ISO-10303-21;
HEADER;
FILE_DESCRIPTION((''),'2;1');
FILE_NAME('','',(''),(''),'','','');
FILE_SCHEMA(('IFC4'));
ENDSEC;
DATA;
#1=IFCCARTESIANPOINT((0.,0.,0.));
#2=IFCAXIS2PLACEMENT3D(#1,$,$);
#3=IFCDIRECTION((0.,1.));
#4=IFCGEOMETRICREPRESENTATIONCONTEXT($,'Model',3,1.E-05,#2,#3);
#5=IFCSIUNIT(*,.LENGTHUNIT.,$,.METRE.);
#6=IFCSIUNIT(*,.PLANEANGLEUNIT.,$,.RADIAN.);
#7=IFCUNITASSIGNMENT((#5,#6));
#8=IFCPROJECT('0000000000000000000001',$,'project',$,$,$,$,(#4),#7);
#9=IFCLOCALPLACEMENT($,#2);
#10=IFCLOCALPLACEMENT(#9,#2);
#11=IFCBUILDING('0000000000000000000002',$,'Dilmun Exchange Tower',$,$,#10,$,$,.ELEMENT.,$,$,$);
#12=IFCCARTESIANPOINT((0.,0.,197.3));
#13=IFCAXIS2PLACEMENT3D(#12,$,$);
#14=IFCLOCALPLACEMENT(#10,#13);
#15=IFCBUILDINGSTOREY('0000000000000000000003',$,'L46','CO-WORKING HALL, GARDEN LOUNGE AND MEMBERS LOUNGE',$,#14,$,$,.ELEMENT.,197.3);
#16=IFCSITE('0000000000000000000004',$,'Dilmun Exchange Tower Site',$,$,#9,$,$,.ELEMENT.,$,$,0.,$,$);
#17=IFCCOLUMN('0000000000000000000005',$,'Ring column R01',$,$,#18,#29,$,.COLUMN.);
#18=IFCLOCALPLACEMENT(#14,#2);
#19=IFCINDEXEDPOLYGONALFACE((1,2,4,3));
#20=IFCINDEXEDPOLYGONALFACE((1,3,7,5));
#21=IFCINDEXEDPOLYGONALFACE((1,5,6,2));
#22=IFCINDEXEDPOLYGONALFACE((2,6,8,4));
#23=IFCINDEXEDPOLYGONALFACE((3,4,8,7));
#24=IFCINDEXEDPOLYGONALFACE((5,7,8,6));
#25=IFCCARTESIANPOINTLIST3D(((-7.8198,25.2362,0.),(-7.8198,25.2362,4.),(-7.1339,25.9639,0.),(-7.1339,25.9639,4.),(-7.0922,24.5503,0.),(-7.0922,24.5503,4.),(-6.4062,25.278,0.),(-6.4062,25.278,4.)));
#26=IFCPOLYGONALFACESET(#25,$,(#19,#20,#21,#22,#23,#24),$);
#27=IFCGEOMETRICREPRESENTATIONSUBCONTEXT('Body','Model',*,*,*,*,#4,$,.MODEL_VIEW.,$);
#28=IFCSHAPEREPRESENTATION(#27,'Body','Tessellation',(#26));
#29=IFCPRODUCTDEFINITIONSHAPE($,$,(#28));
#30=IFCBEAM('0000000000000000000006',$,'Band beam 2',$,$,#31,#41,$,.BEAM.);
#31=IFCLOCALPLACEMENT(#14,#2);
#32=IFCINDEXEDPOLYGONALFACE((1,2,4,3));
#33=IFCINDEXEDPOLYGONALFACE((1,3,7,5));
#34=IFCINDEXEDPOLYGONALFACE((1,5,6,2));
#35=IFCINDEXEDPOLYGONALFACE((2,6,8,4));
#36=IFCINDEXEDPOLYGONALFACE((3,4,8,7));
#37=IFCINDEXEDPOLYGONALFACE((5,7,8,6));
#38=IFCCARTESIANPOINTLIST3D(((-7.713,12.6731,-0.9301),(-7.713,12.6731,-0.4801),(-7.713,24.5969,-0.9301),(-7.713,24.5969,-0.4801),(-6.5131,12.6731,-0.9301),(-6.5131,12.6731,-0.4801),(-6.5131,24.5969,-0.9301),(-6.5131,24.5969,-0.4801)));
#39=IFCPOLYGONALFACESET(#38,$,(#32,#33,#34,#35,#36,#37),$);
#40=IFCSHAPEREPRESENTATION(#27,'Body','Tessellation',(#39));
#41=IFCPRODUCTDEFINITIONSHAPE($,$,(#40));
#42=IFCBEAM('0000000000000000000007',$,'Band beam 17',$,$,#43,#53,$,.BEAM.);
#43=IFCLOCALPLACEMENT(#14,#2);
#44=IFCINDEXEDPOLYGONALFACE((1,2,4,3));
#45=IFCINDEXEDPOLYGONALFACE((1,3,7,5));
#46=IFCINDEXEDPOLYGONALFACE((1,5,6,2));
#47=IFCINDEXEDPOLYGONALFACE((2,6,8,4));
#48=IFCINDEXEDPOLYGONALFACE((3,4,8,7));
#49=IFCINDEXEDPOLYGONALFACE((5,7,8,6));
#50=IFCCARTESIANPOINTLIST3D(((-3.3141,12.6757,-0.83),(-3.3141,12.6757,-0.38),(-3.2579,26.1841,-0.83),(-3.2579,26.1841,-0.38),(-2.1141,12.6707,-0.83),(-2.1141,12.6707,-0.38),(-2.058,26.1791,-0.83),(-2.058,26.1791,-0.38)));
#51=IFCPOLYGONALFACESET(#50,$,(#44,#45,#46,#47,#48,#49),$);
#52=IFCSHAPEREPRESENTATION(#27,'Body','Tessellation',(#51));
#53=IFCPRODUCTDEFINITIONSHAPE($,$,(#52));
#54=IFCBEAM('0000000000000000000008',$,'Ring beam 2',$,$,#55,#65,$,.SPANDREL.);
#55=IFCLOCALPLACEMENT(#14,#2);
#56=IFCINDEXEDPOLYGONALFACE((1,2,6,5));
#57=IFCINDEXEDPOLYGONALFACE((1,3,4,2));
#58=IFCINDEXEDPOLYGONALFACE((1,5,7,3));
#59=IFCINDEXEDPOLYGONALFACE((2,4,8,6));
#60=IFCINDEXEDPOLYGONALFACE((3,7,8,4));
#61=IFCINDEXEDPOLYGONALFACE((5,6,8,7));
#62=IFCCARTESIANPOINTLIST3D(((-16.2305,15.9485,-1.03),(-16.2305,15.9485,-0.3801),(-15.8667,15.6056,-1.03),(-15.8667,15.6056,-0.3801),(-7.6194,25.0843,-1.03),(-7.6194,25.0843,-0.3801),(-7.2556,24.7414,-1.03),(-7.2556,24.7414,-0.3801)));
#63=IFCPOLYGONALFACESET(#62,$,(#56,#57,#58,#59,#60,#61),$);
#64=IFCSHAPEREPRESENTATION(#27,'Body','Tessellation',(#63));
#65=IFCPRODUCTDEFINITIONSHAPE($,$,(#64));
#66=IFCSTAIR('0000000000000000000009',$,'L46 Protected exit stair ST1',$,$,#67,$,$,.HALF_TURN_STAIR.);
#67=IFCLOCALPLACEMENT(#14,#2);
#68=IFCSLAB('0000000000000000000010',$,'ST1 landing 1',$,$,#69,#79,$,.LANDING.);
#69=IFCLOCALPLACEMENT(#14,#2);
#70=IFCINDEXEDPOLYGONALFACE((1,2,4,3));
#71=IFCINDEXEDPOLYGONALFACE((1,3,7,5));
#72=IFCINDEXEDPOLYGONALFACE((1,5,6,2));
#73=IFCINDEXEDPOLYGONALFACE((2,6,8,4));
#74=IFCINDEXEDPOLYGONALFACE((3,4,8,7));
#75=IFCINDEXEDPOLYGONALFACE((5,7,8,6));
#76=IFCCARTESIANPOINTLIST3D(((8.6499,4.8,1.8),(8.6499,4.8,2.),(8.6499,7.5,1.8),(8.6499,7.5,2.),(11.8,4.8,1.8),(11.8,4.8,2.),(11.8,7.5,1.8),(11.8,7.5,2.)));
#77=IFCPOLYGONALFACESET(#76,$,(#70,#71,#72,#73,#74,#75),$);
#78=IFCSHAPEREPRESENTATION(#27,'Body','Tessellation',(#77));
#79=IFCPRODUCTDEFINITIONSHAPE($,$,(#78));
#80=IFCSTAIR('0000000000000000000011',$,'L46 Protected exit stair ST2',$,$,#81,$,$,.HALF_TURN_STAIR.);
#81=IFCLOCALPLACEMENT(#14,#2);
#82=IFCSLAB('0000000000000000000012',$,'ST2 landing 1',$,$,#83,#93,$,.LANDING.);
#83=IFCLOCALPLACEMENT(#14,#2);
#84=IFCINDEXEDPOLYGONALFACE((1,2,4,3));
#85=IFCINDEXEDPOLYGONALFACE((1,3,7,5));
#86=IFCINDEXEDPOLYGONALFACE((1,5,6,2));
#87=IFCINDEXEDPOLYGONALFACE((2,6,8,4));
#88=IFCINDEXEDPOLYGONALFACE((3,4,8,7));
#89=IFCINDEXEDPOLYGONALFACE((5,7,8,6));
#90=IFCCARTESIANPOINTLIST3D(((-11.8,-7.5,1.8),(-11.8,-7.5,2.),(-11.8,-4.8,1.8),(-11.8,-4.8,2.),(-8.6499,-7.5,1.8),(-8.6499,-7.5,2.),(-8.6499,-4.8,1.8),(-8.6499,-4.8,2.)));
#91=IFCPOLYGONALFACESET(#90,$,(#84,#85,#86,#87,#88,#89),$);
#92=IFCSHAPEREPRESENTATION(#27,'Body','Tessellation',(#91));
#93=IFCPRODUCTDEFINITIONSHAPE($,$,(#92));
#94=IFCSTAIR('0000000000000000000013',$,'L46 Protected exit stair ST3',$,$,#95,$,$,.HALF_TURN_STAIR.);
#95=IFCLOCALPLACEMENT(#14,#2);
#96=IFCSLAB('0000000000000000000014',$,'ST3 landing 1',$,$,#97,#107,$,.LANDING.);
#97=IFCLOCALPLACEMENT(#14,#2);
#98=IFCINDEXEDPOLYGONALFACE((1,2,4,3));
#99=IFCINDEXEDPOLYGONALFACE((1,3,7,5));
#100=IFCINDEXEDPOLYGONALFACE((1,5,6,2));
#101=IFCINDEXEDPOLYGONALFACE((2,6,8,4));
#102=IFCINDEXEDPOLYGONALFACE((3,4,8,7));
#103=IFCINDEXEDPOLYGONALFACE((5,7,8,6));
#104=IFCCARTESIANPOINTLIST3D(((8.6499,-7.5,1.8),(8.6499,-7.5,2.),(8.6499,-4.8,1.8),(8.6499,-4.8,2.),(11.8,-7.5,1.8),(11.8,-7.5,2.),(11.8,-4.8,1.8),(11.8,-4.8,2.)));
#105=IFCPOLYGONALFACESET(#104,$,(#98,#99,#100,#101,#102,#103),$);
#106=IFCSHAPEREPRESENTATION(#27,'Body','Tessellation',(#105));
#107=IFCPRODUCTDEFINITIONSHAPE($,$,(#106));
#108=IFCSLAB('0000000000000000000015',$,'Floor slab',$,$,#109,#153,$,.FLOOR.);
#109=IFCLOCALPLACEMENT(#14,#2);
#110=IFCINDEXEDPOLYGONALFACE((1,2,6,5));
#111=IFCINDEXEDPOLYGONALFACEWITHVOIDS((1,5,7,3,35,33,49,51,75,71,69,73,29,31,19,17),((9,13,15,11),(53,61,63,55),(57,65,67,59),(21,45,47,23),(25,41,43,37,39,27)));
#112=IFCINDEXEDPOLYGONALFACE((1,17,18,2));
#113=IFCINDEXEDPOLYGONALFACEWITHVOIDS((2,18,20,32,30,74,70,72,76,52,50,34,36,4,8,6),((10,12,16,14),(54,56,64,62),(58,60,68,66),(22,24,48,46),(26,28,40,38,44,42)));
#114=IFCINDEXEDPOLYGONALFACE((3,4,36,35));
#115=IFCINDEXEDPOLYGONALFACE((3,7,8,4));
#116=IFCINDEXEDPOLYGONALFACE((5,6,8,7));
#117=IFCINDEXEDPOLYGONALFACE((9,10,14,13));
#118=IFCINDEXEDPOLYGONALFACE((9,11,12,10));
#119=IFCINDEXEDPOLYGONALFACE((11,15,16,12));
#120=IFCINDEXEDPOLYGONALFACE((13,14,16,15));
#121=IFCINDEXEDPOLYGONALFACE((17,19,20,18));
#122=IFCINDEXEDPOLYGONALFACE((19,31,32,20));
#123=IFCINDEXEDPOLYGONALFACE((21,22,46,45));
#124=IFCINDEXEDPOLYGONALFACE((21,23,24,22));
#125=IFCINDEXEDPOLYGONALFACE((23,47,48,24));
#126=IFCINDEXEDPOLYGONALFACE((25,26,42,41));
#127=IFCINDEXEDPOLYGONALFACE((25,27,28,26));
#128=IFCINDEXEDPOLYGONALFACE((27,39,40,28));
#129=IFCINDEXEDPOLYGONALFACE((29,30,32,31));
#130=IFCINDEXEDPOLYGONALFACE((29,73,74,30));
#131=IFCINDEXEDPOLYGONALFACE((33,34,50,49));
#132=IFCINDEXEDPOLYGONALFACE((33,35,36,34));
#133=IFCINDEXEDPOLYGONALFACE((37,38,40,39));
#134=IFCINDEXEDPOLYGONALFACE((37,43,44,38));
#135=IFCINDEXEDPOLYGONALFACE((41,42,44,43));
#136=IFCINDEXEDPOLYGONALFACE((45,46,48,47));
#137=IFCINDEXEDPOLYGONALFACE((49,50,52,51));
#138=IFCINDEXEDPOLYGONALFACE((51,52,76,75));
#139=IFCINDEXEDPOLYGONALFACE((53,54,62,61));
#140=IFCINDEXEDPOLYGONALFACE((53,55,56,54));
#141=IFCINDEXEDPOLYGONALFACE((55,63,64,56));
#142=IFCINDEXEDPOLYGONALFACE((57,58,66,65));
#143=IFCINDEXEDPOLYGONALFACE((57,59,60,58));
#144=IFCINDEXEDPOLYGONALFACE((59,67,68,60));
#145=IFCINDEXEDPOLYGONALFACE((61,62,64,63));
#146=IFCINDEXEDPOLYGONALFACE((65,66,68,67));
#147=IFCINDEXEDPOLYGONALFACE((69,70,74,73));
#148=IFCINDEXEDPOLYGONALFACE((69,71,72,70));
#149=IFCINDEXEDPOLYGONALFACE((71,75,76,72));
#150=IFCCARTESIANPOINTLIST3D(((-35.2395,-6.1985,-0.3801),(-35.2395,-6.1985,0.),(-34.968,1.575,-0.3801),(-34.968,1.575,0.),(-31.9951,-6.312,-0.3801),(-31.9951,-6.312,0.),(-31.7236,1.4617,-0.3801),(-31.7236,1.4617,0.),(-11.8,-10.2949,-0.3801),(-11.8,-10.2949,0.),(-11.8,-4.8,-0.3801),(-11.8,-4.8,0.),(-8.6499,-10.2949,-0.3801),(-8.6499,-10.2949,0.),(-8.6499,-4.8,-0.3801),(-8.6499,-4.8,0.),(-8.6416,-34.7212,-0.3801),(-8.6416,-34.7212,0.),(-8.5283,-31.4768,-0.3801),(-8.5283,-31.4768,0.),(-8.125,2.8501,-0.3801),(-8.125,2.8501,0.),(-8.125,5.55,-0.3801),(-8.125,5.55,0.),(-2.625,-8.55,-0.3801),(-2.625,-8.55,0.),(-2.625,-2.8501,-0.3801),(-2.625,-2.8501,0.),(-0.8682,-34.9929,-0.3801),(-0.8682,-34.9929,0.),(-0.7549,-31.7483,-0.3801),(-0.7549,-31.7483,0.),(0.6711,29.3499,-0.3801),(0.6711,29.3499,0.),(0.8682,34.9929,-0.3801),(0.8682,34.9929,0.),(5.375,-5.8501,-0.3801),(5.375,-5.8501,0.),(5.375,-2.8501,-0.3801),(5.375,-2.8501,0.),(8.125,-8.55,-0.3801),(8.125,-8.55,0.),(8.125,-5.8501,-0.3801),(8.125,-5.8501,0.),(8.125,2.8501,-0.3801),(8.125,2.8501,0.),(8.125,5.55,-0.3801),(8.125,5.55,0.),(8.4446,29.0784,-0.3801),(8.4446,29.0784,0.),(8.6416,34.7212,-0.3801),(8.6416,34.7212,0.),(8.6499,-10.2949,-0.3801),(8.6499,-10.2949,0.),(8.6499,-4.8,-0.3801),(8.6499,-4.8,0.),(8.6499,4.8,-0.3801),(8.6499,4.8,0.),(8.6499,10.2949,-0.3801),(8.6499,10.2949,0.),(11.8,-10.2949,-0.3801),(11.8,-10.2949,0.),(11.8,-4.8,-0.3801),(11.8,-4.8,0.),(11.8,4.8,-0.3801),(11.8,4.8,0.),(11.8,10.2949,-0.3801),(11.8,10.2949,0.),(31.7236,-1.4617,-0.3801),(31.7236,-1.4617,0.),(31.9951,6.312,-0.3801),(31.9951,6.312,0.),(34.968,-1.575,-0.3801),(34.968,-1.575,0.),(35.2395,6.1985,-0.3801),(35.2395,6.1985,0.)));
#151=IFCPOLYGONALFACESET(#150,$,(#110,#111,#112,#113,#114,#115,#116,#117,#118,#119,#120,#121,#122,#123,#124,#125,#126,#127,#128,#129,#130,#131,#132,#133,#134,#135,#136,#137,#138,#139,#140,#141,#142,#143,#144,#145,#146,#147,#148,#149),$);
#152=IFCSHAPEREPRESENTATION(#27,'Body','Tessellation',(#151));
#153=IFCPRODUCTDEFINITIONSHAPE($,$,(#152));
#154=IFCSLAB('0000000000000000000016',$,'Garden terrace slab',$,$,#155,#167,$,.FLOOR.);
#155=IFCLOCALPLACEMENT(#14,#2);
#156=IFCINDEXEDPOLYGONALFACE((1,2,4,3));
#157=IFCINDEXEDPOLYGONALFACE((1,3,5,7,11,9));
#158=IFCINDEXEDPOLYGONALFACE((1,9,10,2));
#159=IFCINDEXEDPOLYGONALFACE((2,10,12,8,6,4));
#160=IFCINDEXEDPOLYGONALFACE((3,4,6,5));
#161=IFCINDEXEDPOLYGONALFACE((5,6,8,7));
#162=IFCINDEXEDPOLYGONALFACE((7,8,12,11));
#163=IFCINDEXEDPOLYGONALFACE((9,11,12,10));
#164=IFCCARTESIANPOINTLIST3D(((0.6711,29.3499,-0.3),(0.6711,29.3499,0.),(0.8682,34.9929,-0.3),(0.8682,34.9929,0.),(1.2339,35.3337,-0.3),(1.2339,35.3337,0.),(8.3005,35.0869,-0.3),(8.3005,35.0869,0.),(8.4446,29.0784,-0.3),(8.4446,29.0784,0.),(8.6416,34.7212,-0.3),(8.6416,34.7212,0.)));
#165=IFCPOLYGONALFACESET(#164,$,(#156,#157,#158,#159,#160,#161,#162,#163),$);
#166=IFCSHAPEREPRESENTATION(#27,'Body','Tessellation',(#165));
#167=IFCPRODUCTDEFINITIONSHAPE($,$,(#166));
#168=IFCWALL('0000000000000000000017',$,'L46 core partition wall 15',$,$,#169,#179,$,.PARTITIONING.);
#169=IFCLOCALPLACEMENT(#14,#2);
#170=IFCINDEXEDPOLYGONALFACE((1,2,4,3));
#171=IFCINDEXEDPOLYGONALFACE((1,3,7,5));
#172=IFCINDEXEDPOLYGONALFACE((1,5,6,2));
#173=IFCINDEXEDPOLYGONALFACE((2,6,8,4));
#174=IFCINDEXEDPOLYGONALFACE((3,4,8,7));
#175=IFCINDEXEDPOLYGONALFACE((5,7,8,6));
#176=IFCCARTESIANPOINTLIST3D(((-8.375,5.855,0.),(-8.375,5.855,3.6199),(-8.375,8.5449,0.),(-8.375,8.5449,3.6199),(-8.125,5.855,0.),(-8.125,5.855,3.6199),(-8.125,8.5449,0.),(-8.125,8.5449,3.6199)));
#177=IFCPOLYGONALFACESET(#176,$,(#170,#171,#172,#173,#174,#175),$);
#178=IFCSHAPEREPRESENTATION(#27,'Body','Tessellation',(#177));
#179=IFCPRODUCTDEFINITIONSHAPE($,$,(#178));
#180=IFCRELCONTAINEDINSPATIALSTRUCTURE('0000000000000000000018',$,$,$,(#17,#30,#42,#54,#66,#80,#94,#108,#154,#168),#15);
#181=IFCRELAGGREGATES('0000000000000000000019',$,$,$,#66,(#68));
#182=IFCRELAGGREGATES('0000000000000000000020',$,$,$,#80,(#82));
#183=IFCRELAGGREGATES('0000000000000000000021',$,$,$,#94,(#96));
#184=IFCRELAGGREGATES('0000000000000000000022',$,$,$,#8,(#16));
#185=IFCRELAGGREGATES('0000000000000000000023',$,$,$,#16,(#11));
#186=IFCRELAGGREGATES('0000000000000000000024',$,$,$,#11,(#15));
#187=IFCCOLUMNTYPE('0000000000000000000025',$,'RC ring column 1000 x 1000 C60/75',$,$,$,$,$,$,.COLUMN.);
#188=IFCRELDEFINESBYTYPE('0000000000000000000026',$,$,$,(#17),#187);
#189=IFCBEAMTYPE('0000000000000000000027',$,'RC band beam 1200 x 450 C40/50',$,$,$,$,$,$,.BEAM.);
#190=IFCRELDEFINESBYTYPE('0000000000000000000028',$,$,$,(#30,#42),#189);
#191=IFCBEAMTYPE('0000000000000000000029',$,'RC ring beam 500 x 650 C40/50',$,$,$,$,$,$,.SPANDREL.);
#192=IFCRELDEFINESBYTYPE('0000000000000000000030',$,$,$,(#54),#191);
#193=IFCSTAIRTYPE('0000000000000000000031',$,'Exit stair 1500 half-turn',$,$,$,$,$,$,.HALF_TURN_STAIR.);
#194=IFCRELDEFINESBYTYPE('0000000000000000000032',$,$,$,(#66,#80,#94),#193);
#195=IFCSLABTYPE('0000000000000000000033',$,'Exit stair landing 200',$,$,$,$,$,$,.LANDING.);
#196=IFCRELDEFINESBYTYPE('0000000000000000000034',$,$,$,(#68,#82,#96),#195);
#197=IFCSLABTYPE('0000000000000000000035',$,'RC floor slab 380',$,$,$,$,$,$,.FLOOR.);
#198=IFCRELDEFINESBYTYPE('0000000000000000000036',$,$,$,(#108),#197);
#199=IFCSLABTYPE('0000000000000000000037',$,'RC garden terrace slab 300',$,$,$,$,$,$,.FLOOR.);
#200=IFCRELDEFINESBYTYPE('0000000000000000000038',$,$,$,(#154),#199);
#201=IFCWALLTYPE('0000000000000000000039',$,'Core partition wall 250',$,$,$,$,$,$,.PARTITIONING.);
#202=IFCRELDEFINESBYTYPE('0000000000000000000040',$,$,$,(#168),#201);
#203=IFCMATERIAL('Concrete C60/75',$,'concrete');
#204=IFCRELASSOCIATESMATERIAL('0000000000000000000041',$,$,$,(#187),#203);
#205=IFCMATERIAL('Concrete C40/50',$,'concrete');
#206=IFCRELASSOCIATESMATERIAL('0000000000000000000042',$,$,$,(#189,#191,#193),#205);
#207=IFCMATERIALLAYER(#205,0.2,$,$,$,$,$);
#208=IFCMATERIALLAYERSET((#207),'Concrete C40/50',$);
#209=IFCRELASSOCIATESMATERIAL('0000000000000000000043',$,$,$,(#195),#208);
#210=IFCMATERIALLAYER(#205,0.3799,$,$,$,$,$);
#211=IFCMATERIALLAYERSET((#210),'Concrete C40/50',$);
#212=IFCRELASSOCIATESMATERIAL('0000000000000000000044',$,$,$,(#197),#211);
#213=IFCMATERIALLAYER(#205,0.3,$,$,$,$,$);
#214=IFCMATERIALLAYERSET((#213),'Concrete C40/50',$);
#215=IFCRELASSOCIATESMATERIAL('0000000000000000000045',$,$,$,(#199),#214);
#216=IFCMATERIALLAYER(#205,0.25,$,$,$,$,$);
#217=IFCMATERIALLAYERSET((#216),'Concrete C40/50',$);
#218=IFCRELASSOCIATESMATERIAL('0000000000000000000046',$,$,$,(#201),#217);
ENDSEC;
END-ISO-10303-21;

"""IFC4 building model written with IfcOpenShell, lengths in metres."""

from ifc_helpers import new_model, si_unit, direction, frame, frame_2d, origin, origin_2d, place, context, subcontext, project, spatial, polyline, rectangle, outline, extrude, material, layer, layer_set, material_profile, profile_set, type_object, element, aggregate, save


model = new_model("IFC4")

# Units and contexts
model_context = context("Model", 3, precision=1e-05, world=origin(), true_north=direction((0.0, 1.0)))
body_context = subcontext(model_context, "Body", "Model", "MODEL_VIEW")
ifc_project = project(units=[si_unit("LENGTHUNIT", "METRE"), si_unit("PLANEANGLEUNIT", "RADIAN")], contexts=[model_context])

# Site, building, storey
site_placement = place(None, origin())
site = spatial("IfcSite", under=ifc_project, at=site_placement, Name="Dilmun Exchange Tower Site", CompositionType="ELEMENT", RefElevation=0.0)
building_placement = place(site_placement, origin())
building = spatial("IfcBuilding", under=site, at=building_placement, Name="Dilmun Exchange Tower", CompositionType="ELEMENT")
storey_placement = place(building_placement, frame((0.0, 0.0, 197.3)))
storey = spatial("IfcBuildingStorey", under=building, at=storey_placement, Name="L46", Description="CO-WORKING HALL, GARDEN LOUNGE AND MEMBERS LOUNGE", CompositionType="ELEMENT", Elevation=197.3)

# Column
ifc_material_1 = material(Name="Concrete C60/75", Category="concrete")
ifc_material_profile_1 = material_profile(ifc_material_1, rectangle(XDim=1.0, YDim=1.0, at=origin_2d()), Name="1000 x 1000")
ifc_profile_set_1 = profile_set([ifc_material_profile_1], Name="Concrete C60/75")
column_type = type_object("IfcColumnType", Name="RC ring column 1000 x 1000 C60/75", PredefinedType="COLUMN", material=ifc_profile_set_1)
column_placement = place(storey_placement, frame((-7.113, 25.2571, 0.0), z_axis=(0.0, 0.0, 1.0), x_axis=(0.685916, 0.727681, 0.0)))
element("IfcColumn", 1, at=column_placement, inside=storey, type_object=column_type, Name="Ring column R01", PredefinedType="COLUMN", context=body_context, shape_type="SweptSolid", body=[
    extrude(rectangle(XDim=1.0, YDim=1.0, at=origin_2d()), origin(), (0.0, 0.0, 1.0), 4.0),
])

# Beams
ifc_material_2 = material(Name="Concrete C40/50", Category="concrete")
ifc_material_profile_2 = material_profile(ifc_material_2, rectangle(XDim=1.2, YDim=0.45, at=origin_2d()), Name="1200 x 450")
ifc_profile_set_2 = profile_set([ifc_material_profile_2], Name="Concrete C40/50")
beam_type_1 = type_object("IfcBeamType", Name="RC band beam 1200 x 450 C40/50", PredefinedType="BEAM", material=ifc_profile_set_2)
beam_1_placement = place(storey_placement, frame((-7.113, 24.5969, -0.7051), z_axis=(0.0, -1.0, 0.0), x_axis=(1.0, 0.0, 0.0)))
element("IfcBeam", 2, at=beam_1_placement, inside=storey, type_object=beam_type_1, Name="Band beam 2", PredefinedType="BEAM", context=body_context, shape_type="SweptSolid", body=[
    extrude(rectangle(XDim=1.2, YDim=0.45, at=origin_2d()), origin(), (0.0, 0.0, 1.0), 11.9238),
])
beam_2_placement = place(storey_placement, frame((-2.658, 26.1816, -0.605), z_axis=(-0.004157, -0.999991, 0.0), x_axis=(0.999991, -0.004157, 0.0)))
element("IfcBeam", 3, at=beam_2_placement, inside=storey, type_object=beam_type_1, Name="Band beam 17", PredefinedType="BEAM", context=body_context, shape_type="SweptSolid", body=[
    extrude(rectangle(XDim=1.2, YDim=0.45, at=origin_2d()), origin(), (0.0, 0.0, 1.0), 13.5085),
])
ifc_material_profile_3 = material_profile(ifc_material_2, rectangle(XDim=0.5, YDim=0.6499, at=origin_2d()), Name="500 x 650")
ifc_profile_set_3 = profile_set([ifc_material_profile_3], Name="Concrete C40/50")
beam_type_2 = type_object("IfcBeamType", Name="RC ring beam 500 x 650 C40/50", PredefinedType="SPANDREL", material=ifc_profile_set_3)
beam_3_placement = place(storey_placement, frame((-7.4375, 24.9128, -0.7051), z_axis=(-0.685903, -0.727693, 0.0), x_axis=(0.727693, -0.685903, 0.0)))
element("IfcBeam", 4, at=beam_3_placement, inside=storey, type_object=beam_type_2, Name="Ring beam 2", PredefinedType="SPANDREL", context=body_context, shape_type="SweptSolid", body=[
    extrude(rectangle(XDim=0.5, YDim=0.6499, at=origin_2d()), origin(), (0.0, 0.0, 1.0), 12.5544),
])

# Stairs, slabs
stair_type = type_object("IfcStairType", Name="Exit stair 1500 half-turn", PredefinedType="HALF_TURN_STAIR", material=ifc_material_2)
stair_1_placement = place(storey_placement, origin())
stair_1 = element("IfcStair", 5, at=stair_1_placement, inside=storey, type_object=stair_type, Name="L46 Protected exit stair ST1", PredefinedType="HALF_TURN_STAIR")
ifc_layer_1 = layer(ifc_material_2, 0.2)
ifc_layer_set_1 = layer_set([ifc_layer_1], Name="Concrete C40/50")
slab_type_1 = type_object("IfcSlabType", Name="Exit stair landing 200", PredefinedType="LANDING", material=ifc_layer_set_1)
slab_1_placement = place(storey_placement, frame((0.0, 0.0, 1.8)))
slab_1 = element("IfcSlab", 6, at=slab_1_placement, type_object=slab_type_1, Name="ST1 landing 1", PredefinedType="LANDING", context=body_context, shape_type="SweptSolid", body=[
    extrude(outline(polyline([(8.6499, 7.5), (8.6499, 4.8), (11.8, 4.8), (11.8, 7.5), (8.6499, 7.5)])), origin(), (0.0, 0.0, 1.0), 0.2),
])
aggregate(stair_1, [slab_1])
stair_2_placement = place(storey_placement, origin())
stair_2 = element("IfcStair", 7, at=stair_2_placement, inside=storey, type_object=stair_type, Name="L46 Protected exit stair ST2", PredefinedType="HALF_TURN_STAIR")
slab_2_placement = place(storey_placement, frame((0.0, 0.0, 1.8)))
slab_2 = element("IfcSlab", 8, at=slab_2_placement, type_object=slab_type_1, Name="ST2 landing 1", PredefinedType="LANDING", context=body_context, shape_type="SweptSolid", body=[
    extrude(outline(polyline([(-8.6499, -7.5), (-8.6499, -4.8), (-11.8, -4.8), (-11.8, -7.5), (-8.6499, -7.5)])), origin(), (0.0, 0.0, 1.0), 0.2),
])
aggregate(stair_2, [slab_2])
stair_3_placement = place(storey_placement, origin())
stair_3 = element("IfcStair", 9, at=stair_3_placement, inside=storey, type_object=stair_type, Name="L46 Protected exit stair ST3", PredefinedType="HALF_TURN_STAIR")
slab_3_placement = place(storey_placement, frame((0.0, 0.0, 1.8)))
slab_3 = element("IfcSlab", 10, at=slab_3_placement, type_object=slab_type_1, Name="ST3 landing 1", PredefinedType="LANDING", context=body_context, shape_type="SweptSolid", body=[
    extrude(outline(polyline([(11.8, -7.5), (11.8, -4.8), (8.6499, -4.8), (8.6499, -7.5), (11.8, -7.5)])), origin(), (0.0, 0.0, 1.0), 0.2),
])
aggregate(stair_3, [slab_3])

# Slabs
ifc_layer_2 = layer(ifc_material_2, 0.3799)
ifc_layer_set_2 = layer_set([ifc_layer_2], Name="Concrete C40/50")
slab_type_2 = type_object("IfcSlabType", Name="RC floor slab 380", PredefinedType="FLOOR", material=ifc_layer_set_2)
slab_4_placement = place(storey_placement, frame((0.0, 0.0, -0.3801)))
element("IfcSlab", 11, at=slab_4_placement, inside=storey, type_object=slab_type_2, Name="Floor slab", PredefinedType="FLOOR", context=body_context, shape_type="SweptSolid", body=[
    extrude(outline(polyline([(31.9951, 6.312), (31.7236, -1.4617), (34.968, -1.575), (-0.8682, -34.9929), (-0.7549, -31.7483), (-8.5283, -31.4768), (-8.6416, -34.7212), (-35.2395, -6.1985), (-31.9951, -6.312), (-31.7236, 1.4617), (-34.968, 1.575), (0.8682, 34.9929), (0.6711, 29.3499), (8.4446, 29.0784), (8.6416, 34.7212), (35.2395, 6.1985), (31.9951, 6.312)]), holes=[polyline([(-8.6499, -4.8), (-11.8, -4.8), (-11.8, -10.2949), (-8.6499, -10.2949), (-8.6499, -4.8)]), polyline([(11.8, -4.8), (8.6499, -4.8), (8.6499, -10.2949), (11.8, -10.2949), (11.8, -4.8)]), polyline([(5.375, -2.8501), (-2.625, -2.8501), (-2.625, -8.55), (8.125, -8.55), (8.125, -5.8501), (5.375, -5.8501), (5.375, -2.8501)]), polyline([(8.125, 2.8501), (8.125, 5.55), (-8.125, 5.55), (-8.125, 2.8501), (8.125, 2.8501)]), polyline([(8.6499, 10.2949), (8.6499, 4.8), (11.8, 4.8), (11.8, 10.2949), (8.6499, 10.2949)])]), origin(), (0.0, 0.0, 1.0), 0.3801),
])
ifc_layer_3 = layer(ifc_material_2, 0.3)
ifc_layer_set_3 = layer_set([ifc_layer_3], Name="Concrete C40/50")
slab_type_3 = type_object("IfcSlabType", Name="RC garden terrace slab 300", PredefinedType="FLOOR", material=ifc_layer_set_3)
slab_5_placement = place(storey_placement, frame((0.0, 0.0, -0.3)))
element("IfcSlab", 12, at=slab_5_placement, inside=storey, type_object=slab_type_3, Name="Garden terrace slab", PredefinedType="FLOOR", context=body_context, shape_type="SweptSolid", body=[
    extrude(outline(polyline([(0.6711, 29.3499), (0.8682, 34.9929), (1.2339, 35.3337), (8.3005, 35.0869), (8.6416, 34.7212), (8.4446, 29.0784), (0.6711, 29.3499)])), origin(), (0.0, 0.0, 1.0), 0.3),
])

# Wall
ifc_layer_4 = layer(ifc_material_2, 0.25)
ifc_layer_set_4 = layer_set([ifc_layer_4], Name="Concrete C40/50")
wall_type_1 = type_object("IfcWallType", Name="Core partition wall 250", PredefinedType="PARTITIONING", material=ifc_layer_set_4)
wall_1_placement = place(storey_placement, frame((-8.25, 5.855, 0.0), z_axis=(0.0, 0.0, 1.0), x_axis=(0.0, 1.0, 0.0)))
element("IfcWall", 13, at=wall_1_placement, inside=storey, type_object=wall_type_1, Name="L46 core partition wall 15", PredefinedType="PARTITIONING", context=body_context, shape_type="SweptSolid", body=[
    extrude(rectangle(XDim=2.6899, YDim=0.25, at=frame_2d((1.345, 0.0))), origin(), (0.0, 0.0, 1.0), 3.6199),
])

save(model, "model.ifc")
